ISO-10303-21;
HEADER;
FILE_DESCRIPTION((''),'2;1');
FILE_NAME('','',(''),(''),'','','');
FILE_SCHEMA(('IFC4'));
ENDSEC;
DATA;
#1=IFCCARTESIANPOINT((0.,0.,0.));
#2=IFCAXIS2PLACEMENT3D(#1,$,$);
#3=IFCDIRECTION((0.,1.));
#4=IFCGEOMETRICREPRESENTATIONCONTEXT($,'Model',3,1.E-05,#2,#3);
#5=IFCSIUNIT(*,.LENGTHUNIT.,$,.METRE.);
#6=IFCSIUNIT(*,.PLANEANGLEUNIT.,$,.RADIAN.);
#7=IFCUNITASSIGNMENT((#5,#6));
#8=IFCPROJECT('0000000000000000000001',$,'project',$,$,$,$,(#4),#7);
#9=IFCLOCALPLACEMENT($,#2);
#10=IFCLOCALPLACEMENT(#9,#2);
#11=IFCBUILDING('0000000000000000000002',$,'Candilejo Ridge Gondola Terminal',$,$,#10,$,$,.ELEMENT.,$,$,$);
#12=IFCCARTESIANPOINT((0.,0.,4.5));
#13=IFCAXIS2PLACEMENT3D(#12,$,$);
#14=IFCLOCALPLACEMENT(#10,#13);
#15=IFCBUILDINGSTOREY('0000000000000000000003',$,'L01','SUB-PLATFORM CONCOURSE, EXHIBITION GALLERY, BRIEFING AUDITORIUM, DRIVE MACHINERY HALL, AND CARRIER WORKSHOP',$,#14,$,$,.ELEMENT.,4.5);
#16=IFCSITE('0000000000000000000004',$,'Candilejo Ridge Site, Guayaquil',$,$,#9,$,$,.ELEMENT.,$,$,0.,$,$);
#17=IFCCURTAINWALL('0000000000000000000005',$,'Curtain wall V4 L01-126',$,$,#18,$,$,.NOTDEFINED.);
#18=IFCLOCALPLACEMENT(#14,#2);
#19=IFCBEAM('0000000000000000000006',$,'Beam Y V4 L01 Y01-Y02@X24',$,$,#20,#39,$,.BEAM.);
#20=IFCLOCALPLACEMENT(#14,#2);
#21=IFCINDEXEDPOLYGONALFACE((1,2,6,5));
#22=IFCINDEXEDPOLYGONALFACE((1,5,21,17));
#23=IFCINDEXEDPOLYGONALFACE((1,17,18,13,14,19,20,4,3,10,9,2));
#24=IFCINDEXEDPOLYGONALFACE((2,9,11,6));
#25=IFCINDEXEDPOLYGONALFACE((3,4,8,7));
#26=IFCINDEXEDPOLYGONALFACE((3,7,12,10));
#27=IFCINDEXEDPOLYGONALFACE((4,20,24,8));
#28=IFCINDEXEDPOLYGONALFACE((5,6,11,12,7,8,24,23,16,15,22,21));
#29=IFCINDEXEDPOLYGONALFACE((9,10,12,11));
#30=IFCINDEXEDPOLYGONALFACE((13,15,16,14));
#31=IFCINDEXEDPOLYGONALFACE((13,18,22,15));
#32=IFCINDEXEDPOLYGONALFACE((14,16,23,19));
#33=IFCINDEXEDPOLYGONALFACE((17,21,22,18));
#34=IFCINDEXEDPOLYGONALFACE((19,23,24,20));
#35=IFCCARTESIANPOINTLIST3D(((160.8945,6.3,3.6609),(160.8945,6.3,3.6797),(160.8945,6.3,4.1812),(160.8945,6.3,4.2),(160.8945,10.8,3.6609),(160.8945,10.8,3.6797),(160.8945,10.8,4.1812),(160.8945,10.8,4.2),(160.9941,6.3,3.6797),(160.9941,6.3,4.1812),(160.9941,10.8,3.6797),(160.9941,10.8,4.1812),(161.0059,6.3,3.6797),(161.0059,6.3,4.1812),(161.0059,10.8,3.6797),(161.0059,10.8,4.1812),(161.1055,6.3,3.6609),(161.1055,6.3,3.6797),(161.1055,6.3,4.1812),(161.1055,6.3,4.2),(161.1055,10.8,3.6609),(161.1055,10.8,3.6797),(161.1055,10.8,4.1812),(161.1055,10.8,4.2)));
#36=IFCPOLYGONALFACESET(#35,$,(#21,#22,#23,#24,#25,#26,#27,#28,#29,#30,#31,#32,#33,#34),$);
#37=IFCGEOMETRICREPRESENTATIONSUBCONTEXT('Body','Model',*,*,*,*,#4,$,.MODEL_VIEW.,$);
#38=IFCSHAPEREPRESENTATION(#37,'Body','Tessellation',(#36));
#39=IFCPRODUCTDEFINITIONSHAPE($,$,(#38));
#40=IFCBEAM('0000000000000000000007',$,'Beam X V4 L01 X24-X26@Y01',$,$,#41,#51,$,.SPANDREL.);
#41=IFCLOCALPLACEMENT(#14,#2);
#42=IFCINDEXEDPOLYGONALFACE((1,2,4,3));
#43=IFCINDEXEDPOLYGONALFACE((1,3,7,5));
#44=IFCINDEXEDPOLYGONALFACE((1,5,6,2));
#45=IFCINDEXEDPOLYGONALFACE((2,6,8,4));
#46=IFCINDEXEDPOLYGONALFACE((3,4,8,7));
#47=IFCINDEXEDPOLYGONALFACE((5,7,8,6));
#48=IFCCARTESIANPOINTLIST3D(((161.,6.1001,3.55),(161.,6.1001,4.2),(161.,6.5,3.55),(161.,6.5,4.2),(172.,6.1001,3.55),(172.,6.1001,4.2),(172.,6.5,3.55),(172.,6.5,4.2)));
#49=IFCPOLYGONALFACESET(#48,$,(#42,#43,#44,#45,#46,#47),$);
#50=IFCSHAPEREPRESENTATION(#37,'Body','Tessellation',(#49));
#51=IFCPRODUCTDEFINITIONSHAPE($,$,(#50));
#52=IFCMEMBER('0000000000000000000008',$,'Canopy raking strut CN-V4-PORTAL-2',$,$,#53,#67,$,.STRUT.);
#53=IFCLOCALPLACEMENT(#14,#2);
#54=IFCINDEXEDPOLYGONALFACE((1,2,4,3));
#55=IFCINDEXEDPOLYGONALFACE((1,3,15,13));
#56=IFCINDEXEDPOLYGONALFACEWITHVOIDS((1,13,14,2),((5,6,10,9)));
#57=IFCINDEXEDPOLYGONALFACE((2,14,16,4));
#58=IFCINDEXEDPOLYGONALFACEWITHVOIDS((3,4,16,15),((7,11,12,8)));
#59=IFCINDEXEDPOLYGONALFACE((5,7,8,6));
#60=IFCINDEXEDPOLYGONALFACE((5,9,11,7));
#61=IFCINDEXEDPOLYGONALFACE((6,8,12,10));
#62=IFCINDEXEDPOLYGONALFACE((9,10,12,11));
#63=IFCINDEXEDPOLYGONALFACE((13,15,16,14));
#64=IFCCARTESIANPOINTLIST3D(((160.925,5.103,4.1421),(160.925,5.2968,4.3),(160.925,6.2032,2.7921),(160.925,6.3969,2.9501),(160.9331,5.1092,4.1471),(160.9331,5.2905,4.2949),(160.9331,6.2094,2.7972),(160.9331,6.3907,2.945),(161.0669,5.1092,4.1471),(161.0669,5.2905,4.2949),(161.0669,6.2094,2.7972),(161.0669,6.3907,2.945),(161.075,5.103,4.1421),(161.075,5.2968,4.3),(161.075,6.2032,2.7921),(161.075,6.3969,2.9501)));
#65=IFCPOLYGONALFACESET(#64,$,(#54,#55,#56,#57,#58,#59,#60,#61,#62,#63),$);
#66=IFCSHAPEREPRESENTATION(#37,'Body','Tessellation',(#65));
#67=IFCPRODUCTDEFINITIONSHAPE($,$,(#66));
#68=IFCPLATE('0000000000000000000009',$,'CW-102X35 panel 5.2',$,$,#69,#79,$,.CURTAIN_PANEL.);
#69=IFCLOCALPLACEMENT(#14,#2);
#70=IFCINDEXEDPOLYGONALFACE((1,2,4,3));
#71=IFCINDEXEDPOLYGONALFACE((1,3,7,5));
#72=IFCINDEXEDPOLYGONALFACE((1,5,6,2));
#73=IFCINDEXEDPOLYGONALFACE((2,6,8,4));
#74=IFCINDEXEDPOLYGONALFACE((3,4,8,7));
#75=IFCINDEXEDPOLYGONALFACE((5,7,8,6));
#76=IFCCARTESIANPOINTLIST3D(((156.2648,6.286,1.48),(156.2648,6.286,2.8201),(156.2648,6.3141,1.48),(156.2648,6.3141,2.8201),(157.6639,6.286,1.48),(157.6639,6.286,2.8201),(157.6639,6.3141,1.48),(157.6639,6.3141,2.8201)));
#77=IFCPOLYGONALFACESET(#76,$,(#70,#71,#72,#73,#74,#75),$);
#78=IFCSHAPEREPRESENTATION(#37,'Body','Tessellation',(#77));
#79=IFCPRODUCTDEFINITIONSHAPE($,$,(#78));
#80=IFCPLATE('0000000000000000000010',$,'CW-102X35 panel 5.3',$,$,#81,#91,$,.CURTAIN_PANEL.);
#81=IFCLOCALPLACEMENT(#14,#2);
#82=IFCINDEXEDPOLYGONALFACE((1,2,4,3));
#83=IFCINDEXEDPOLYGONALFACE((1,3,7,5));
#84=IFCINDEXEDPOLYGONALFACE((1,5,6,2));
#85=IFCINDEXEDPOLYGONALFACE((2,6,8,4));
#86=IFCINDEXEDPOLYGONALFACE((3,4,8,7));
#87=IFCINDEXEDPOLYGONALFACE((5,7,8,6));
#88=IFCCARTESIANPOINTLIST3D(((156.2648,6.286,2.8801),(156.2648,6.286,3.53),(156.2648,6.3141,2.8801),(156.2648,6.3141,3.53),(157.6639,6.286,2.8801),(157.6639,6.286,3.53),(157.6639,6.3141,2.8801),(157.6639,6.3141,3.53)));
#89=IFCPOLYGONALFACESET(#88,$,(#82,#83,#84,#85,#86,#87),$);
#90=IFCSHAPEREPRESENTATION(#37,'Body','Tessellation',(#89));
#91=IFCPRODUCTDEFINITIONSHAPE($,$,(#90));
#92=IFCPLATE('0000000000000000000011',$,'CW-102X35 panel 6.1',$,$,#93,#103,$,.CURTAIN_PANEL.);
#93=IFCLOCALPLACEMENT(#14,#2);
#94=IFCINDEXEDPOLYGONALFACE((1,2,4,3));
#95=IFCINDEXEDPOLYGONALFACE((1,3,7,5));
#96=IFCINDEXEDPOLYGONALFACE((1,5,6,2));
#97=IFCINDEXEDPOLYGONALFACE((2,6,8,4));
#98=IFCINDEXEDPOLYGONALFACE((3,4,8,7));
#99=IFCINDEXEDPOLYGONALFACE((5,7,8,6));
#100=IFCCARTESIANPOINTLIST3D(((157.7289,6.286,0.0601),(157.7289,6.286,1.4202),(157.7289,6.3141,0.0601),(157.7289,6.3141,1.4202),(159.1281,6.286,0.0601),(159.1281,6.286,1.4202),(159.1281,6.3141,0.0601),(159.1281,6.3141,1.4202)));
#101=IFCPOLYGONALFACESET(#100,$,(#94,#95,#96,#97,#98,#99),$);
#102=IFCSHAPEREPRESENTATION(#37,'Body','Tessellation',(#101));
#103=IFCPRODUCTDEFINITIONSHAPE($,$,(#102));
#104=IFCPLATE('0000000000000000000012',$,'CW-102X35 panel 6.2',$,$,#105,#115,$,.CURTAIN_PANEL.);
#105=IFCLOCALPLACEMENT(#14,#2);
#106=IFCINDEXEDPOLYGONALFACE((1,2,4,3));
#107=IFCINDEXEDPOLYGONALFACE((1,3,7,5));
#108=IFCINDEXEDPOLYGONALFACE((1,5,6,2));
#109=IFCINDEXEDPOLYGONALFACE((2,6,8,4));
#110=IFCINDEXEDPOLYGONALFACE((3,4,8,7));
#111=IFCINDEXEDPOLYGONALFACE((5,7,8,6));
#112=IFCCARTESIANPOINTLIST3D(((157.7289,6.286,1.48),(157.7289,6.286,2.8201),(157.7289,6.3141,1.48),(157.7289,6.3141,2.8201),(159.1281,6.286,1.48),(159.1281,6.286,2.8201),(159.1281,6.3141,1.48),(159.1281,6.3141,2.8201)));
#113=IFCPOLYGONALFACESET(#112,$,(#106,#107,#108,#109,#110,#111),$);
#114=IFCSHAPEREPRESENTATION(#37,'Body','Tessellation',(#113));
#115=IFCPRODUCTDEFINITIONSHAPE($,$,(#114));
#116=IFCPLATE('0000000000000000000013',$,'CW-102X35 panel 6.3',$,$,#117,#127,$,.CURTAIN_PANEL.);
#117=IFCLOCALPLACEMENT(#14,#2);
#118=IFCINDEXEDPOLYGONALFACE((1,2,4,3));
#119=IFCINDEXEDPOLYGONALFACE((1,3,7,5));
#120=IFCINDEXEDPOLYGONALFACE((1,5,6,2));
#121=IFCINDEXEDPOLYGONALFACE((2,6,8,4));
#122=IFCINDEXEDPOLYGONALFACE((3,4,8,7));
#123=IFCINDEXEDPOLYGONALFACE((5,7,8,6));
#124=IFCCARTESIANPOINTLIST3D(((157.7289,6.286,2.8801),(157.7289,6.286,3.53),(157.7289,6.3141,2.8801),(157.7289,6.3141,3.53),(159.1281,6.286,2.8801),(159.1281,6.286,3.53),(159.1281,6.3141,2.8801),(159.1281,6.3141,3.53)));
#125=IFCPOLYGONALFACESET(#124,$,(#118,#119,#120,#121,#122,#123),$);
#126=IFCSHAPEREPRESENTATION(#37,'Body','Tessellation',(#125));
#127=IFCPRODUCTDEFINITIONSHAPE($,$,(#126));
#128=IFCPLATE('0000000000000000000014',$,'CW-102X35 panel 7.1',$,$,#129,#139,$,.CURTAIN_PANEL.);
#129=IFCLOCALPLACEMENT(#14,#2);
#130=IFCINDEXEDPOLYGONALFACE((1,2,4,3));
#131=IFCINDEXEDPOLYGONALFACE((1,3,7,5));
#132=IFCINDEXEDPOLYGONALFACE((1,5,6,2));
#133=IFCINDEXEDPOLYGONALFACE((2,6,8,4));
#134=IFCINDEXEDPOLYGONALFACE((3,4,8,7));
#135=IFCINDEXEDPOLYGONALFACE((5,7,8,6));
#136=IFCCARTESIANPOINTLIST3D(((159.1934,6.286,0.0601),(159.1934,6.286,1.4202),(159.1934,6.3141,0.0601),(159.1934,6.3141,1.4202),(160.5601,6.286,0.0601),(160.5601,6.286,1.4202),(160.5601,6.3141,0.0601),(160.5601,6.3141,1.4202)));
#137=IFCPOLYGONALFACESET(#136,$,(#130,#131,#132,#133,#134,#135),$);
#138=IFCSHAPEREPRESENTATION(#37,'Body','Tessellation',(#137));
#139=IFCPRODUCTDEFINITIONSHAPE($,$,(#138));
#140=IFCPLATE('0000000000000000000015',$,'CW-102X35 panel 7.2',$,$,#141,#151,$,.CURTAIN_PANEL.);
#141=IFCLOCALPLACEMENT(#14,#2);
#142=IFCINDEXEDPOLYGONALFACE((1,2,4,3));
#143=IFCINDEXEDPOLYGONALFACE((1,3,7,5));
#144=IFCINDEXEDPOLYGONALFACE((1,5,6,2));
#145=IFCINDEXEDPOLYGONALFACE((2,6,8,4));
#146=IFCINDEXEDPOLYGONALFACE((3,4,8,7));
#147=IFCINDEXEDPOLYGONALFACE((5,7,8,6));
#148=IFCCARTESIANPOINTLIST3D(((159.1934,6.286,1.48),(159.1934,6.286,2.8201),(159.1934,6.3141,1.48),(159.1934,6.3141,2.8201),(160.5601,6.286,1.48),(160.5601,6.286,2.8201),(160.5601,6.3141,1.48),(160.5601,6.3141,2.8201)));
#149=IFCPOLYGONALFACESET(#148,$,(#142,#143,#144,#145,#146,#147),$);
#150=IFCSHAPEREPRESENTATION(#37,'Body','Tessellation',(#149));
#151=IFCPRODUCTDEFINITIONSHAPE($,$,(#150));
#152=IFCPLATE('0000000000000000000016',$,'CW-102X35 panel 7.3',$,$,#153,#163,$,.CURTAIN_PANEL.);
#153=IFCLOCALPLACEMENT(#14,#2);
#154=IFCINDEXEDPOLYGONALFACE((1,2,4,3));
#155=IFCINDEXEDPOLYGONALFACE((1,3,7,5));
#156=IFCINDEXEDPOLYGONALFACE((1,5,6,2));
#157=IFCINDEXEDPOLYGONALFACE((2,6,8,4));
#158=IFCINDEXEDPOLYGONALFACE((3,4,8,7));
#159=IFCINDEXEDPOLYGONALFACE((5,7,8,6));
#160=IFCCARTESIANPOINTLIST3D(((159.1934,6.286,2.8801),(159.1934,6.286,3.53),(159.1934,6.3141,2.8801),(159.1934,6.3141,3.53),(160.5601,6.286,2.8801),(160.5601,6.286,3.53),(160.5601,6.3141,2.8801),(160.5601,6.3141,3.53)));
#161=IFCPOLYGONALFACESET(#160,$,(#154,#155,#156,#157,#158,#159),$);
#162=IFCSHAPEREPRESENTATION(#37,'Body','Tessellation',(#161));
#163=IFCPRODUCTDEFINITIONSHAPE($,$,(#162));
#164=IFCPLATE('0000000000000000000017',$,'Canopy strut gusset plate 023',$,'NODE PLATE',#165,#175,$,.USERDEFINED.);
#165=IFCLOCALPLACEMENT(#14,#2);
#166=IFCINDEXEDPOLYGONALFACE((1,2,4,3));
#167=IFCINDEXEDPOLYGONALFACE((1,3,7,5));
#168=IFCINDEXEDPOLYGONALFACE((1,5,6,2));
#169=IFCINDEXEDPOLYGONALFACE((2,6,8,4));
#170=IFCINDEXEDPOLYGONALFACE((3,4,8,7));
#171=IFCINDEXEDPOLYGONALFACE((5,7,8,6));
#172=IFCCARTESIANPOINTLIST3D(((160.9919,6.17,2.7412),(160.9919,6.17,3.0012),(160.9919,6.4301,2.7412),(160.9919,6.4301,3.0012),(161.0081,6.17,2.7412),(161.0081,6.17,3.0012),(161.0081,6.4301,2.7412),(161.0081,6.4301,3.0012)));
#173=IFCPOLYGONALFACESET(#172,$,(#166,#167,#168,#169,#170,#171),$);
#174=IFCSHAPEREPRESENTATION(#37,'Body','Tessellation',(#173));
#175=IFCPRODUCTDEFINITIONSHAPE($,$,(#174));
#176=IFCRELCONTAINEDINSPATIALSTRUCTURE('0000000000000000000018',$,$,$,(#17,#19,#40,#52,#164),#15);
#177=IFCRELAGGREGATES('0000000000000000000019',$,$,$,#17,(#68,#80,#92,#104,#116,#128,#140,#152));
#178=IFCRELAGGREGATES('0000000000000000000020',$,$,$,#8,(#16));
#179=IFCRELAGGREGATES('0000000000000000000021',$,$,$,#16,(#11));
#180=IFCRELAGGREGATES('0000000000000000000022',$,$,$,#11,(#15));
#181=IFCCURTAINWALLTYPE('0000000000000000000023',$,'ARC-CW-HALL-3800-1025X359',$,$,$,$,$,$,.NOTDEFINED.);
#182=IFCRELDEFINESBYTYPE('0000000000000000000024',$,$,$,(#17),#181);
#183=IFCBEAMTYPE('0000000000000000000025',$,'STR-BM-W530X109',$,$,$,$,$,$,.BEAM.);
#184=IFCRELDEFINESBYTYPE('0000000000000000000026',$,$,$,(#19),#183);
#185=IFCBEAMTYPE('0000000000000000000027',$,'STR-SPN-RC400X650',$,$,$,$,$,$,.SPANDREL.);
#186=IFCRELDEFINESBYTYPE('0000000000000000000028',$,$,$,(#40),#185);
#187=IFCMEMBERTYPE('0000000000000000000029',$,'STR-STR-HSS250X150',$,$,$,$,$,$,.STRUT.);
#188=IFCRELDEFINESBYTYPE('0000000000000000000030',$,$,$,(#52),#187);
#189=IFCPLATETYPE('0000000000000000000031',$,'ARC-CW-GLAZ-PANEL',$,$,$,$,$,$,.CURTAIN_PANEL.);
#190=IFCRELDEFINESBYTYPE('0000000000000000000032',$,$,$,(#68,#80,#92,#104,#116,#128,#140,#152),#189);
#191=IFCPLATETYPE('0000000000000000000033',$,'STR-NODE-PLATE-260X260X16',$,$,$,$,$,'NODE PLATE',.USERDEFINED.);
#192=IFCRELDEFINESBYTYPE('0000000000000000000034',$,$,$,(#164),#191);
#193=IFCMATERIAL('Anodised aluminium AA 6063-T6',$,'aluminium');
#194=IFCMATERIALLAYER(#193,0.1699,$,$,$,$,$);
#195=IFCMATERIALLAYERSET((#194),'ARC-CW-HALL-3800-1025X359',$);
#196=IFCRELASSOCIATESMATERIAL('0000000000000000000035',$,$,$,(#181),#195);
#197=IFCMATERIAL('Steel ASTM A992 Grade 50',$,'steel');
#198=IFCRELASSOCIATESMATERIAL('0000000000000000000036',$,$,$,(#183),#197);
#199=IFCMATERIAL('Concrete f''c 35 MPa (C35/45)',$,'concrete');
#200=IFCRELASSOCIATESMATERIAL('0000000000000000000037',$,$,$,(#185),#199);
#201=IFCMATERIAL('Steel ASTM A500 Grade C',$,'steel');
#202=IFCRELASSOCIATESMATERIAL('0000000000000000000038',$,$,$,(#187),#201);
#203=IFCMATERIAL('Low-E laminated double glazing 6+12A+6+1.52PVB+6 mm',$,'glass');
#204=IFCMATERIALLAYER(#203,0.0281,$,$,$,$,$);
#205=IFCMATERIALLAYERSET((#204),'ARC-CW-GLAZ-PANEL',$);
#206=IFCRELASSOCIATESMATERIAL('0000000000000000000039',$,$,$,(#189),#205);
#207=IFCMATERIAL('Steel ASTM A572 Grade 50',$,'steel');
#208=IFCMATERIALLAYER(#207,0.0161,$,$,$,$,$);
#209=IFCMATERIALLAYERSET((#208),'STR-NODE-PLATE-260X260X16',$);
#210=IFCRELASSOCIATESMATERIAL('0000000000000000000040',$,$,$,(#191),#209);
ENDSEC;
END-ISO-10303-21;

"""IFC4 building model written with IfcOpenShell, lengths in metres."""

from ifc_helpers import new_model, si_unit, direction, frame, origin, origin_2d, place, context, subcontext, project, spatial, rectangle, hollow_rectangle, i_section, extrude, material, layer, layer_set, material_profile, profile_set, type_object, element, aggregate, save


model = new_model("IFC4")

# Units and contexts
model_context = context("Model", 3, precision=1e-05, world=origin(), true_north=direction((0.0, 1.0)))
body_context = subcontext(model_context, "Body", "Model", "MODEL_VIEW")
ifc_project = project(units=[si_unit("LENGTHUNIT", "METRE"), si_unit("PLANEANGLEUNIT", "RADIAN")], contexts=[model_context])

# Site, building, storey
site_placement = place(None, origin())
site = spatial("IfcSite", under=ifc_project, at=site_placement, Name="Candilejo Ridge Site, Guayaquil", CompositionType="ELEMENT", RefElevation=0.0)
building_placement = place(site_placement, origin())
building = spatial("IfcBuilding", under=site, at=building_placement, Name="Candilejo Ridge Gondola Terminal", CompositionType="ELEMENT")
storey_placement = place(building_placement, frame((0.0, 0.0, 4.5)))
storey = spatial("IfcBuildingStorey", under=building, at=storey_placement, Name="L01", Description="SUB-PLATFORM CONCOURSE, EXHIBITION GALLERY, BRIEFING AUDITORIUM, DRIVE MACHINERY HALL, AND CARRIER WORKSHOP", CompositionType="ELEMENT", Elevation=4.5)

# Curtain wall
ifc_material_1 = material(Name="Anodised aluminium AA 6063-T6", Category="aluminium")
ifc_layer_1 = layer(ifc_material_1, 0.1699)
ifc_layer_set_1 = layer_set([ifc_layer_1], Name="ARC-CW-HALL-3800-1025X359")
curtain_wall_type = type_object("IfcCurtainWallType", Name="ARC-CW-HALL-3800-1025X359", PredefinedType="NOTDEFINED", material=ifc_layer_set_1)
curtain_wall_1_placement = place(storey_placement, origin())
curtain_wall_1 = element("IfcCurtainWall", 1, at=curtain_wall_1_placement, inside=storey, type_object=curtain_wall_type, Name="Curtain wall V4 L01-126", PredefinedType="NOTDEFINED")

# Beams
ifc_material_2 = material(Name="Steel ASTM A992 Grade 50", Category="steel")
ifc_material_profile_1 = material_profile(ifc_material_2, i_section(OverallWidth=0.2109, OverallDepth=0.5391, WebThickness=0.0117, FlangeThickness=0.0188, at=origin_2d()))
ifc_profile_set_1 = profile_set([ifc_material_profile_1], Name="Steel ASTM A992 Grade 50")
beam_type_1 = type_object("IfcBeamType", Name="STR-BM-W530X109", PredefinedType="BEAM", material=ifc_profile_set_1)
beam_1_placement = place(storey_placement, frame((161.0, 6.3, 3.9304), z_axis=(0.0, 1.0, 0.0), x_axis=(-1.0, 0.0, 0.0)))
element("IfcBeam", 2, at=beam_1_placement, inside=storey, type_object=beam_type_1, Name="Beam Y V4 L01 Y01-Y02@X24", PredefinedType="BEAM", context=body_context, shape_type="SweptSolid", body=[
    extrude(i_section(OverallWidth=0.2109, OverallDepth=0.5391, WebThickness=0.0117, FlangeThickness=0.0188, at=origin_2d()), origin(), (0.0, 0.0, 1.0), 4.5),
])
ifc_material_3 = material(Name="Concrete f'c 35 MPa (C35/45)", Category="concrete")
ifc_material_profile_2 = material_profile(ifc_material_3, rectangle(XDim=0.3999, YDim=0.6499, at=origin_2d()))
ifc_profile_set_2 = profile_set([ifc_material_profile_2], Name="Concrete f'c 35 MPa (C35/45)")
beam_type_2 = type_object("IfcBeamType", Name="STR-SPN-RC400X650", PredefinedType="SPANDREL", material=ifc_profile_set_2)
beam_2_placement = place(storey_placement, frame((161.0, 6.3, 3.875), z_axis=(1.0, 0.0, 0.0), x_axis=(0.0, 1.0, 0.0)))
element("IfcBeam", 3, at=beam_2_placement, inside=storey, type_object=beam_type_2, Name="Beam X V4 L01 X24-X26@Y01", PredefinedType="SPANDREL", context=body_context, shape_type="SweptSolid", body=[
    extrude(rectangle(XDim=0.3999, YDim=0.6499, at=origin_2d()), origin(), (0.0, 0.0, 1.0), 11.0),
])

# Member
ifc_material_4 = material(Name="Steel ASTM A500 Grade C", Category="steel")
ifc_material_profile_3 = material_profile(ifc_material_4, hollow_rectangle(XDim=0.1499, YDim=0.25, WallThickness=0.0081, at=origin_2d()))
ifc_profile_set_3 = profile_set([ifc_material_profile_3], Name="Steel ASTM A500 Grade C")
member_type_1 = type_object("IfcMemberType", Name="STR-STR-HSS250X150", PredefinedType="STRUT", material=ifc_profile_set_3)
member_1_placement = place(storey_placement, frame((161.0, 6.3, 2.8711), z_axis=(0.0, -0.631748, 0.775174), x_axis=(1.0, 0.0, 0.0)))
element("IfcMember", 4, at=member_1_placement, inside=storey, type_object=member_type_1, Name="Canopy raking strut CN-V4-PORTAL-2", PredefinedType="STRUT", context=body_context, shape_type="SweptSolid", body=[
    extrude(hollow_rectangle(XDim=0.1499, YDim=0.25, WallThickness=0.0081, at=origin_2d()), origin(), (0.0, 0.0, 1.0), 1.7415),
])

# Plates
ifc_material_5 = material(Name="Low-E laminated double glazing 6+12A+6+1.52PVB+6 mm", Category="glass")
ifc_layer_2 = layer(ifc_material_5, 0.0281)
ifc_layer_set_2 = layer_set([ifc_layer_2], Name="ARC-CW-GLAZ-PANEL")
plate_type_1 = type_object("IfcPlateType", Name="ARC-CW-GLAZ-PANEL", PredefinedType="CURTAIN_PANEL", material=ifc_layer_set_2)
plate_1_placement = place(storey_placement, frame((156.9644, 6.3, 1.48), z_axis=(0.0, 0.0, 1.0), x_axis=(1.0, 0.0, 0.0)))
plate_1 = element("IfcPlate", 5, at=plate_1_placement, type_object=plate_type_1, Name="CW-102X35 panel 5.2", PredefinedType="CURTAIN_PANEL", context=body_context, shape_type="SweptSolid", body=[
    extrude(rectangle(XDim=1.3992, YDim=0.0281, at=origin_2d()), origin(), (0.0, 0.0, 1.0), 1.3401),
])
plate_2_placement = place(storey_placement, frame((156.9644, 6.3, 2.8801), z_axis=(0.0, 0.0, 1.0), x_axis=(1.0, 0.0, 0.0)))
plate_2 = element("IfcPlate", 6, at=plate_2_placement, type_object=plate_type_1, Name="CW-102X35 panel 5.3", PredefinedType="CURTAIN_PANEL", context=body_context, shape_type="SweptSolid", body=[
    extrude(rectangle(XDim=1.3992, YDim=0.0281, at=origin_2d()), origin(), (0.0, 0.0, 1.0), 0.6499),
])
plate_3_placement = place(storey_placement, frame((158.4285, 6.3, 0.0601), z_axis=(0.0, 0.0, 1.0), x_axis=(1.0, 0.0, 0.0)))
plate_3 = element("IfcPlate", 7, at=plate_3_placement, type_object=plate_type_1, Name="CW-102X35 panel 6.1", PredefinedType="CURTAIN_PANEL", context=body_context, shape_type="SweptSolid", body=[
    extrude(rectangle(XDim=1.3992, YDim=0.0281, at=origin_2d()), origin(), (0.0, 0.0, 1.0), 1.3601),
])
plate_4_placement = place(storey_placement, frame((158.4285, 6.3, 1.48), z_axis=(0.0, 0.0, 1.0), x_axis=(1.0, 0.0, 0.0)))
plate_4 = element("IfcPlate", 8, at=plate_4_placement, type_object=plate_type_1, Name="CW-102X35 panel 6.2", PredefinedType="CURTAIN_PANEL", context=body_context, shape_type="SweptSolid", body=[
    extrude(rectangle(XDim=1.3992, YDim=0.0281, at=origin_2d()), origin(), (0.0, 0.0, 1.0), 1.3401),
])
plate_5_placement = place(storey_placement, frame((158.4285, 6.3, 2.8801), z_axis=(0.0, 0.0, 1.0), x_axis=(1.0, 0.0, 0.0)))
plate_5 = element("IfcPlate", 9, at=plate_5_placement, type_object=plate_type_1, Name="CW-102X35 panel 6.3", PredefinedType="CURTAIN_PANEL", context=body_context, shape_type="SweptSolid", body=[
    extrude(rectangle(XDim=1.3992, YDim=0.0281, at=origin_2d()), origin(), (0.0, 0.0, 1.0), 0.6499),
])
plate_6_placement = place(storey_placement, frame((159.8767, 6.3, 0.0601), z_axis=(0.0, 0.0, 1.0), x_axis=(1.0, 0.0, 0.0)))
plate_6 = element("IfcPlate", 10, at=plate_6_placement, type_object=plate_type_1, Name="CW-102X35 panel 7.1", PredefinedType="CURTAIN_PANEL", context=body_context, shape_type="SweptSolid", body=[
    extrude(rectangle(XDim=1.3667, YDim=0.0281, at=origin_2d()), origin(), (0.0, 0.0, 1.0), 1.3601),
])
plate_7_placement = place(storey_placement, frame((159.8767, 6.3, 1.48), z_axis=(0.0, 0.0, 1.0), x_axis=(1.0, 0.0, 0.0)))
plate_7 = element("IfcPlate", 11, at=plate_7_placement, type_object=plate_type_1, Name="CW-102X35 panel 7.2", PredefinedType="CURTAIN_PANEL", context=body_context, shape_type="SweptSolid", body=[
    extrude(rectangle(XDim=1.3667, YDim=0.0281, at=origin_2d()), origin(), (0.0, 0.0, 1.0), 1.3401),
])
plate_8_placement = place(storey_placement, frame((159.8767, 6.3, 2.8801), z_axis=(0.0, 0.0, 1.0), x_axis=(1.0, 0.0, 0.0)))
plate_8 = element("IfcPlate", 12, at=plate_8_placement, type_object=plate_type_1, Name="CW-102X35 panel 7.3", PredefinedType="CURTAIN_PANEL", context=body_context, shape_type="SweptSolid", body=[
    extrude(rectangle(XDim=1.3667, YDim=0.0281, at=origin_2d()), origin(), (0.0, 0.0, 1.0), 0.6499),
])
aggregate(curtain_wall_1, [plate_1, plate_2, plate_3, plate_4, plate_5, plate_6, plate_7, plate_8])
ifc_material_6 = material(Name="Steel ASTM A572 Grade 50", Category="steel")
ifc_layer_3 = layer(ifc_material_6, 0.0161)
ifc_layer_set_3 = layer_set([ifc_layer_3], Name="STR-NODE-PLATE-260X260X16")
plate_type_2 = type_object("IfcPlateType", Name="STR-NODE-PLATE-260X260X16", ElementType="NODE PLATE", PredefinedType="USERDEFINED", material=ifc_layer_set_3)
plate_9_placement = place(storey_placement, frame((161.0, 6.3, 2.7412), z_axis=(0.0, 0.0, 1.0), x_axis=(1.0, 0.0, 0.0)))
element("IfcPlate", 13, at=plate_9_placement, inside=storey, type_object=plate_type_2, Name="Canopy strut gusset plate 023", ObjectType="NODE PLATE", PredefinedType="USERDEFINED", context=body_context, shape_type="SweptSolid", body=[
    extrude(rectangle(XDim=0.0161, YDim=0.26, at=origin_2d()), origin(), (0.0, 0.0, 1.0), 0.26),
])

save(model, "model.ifc")
